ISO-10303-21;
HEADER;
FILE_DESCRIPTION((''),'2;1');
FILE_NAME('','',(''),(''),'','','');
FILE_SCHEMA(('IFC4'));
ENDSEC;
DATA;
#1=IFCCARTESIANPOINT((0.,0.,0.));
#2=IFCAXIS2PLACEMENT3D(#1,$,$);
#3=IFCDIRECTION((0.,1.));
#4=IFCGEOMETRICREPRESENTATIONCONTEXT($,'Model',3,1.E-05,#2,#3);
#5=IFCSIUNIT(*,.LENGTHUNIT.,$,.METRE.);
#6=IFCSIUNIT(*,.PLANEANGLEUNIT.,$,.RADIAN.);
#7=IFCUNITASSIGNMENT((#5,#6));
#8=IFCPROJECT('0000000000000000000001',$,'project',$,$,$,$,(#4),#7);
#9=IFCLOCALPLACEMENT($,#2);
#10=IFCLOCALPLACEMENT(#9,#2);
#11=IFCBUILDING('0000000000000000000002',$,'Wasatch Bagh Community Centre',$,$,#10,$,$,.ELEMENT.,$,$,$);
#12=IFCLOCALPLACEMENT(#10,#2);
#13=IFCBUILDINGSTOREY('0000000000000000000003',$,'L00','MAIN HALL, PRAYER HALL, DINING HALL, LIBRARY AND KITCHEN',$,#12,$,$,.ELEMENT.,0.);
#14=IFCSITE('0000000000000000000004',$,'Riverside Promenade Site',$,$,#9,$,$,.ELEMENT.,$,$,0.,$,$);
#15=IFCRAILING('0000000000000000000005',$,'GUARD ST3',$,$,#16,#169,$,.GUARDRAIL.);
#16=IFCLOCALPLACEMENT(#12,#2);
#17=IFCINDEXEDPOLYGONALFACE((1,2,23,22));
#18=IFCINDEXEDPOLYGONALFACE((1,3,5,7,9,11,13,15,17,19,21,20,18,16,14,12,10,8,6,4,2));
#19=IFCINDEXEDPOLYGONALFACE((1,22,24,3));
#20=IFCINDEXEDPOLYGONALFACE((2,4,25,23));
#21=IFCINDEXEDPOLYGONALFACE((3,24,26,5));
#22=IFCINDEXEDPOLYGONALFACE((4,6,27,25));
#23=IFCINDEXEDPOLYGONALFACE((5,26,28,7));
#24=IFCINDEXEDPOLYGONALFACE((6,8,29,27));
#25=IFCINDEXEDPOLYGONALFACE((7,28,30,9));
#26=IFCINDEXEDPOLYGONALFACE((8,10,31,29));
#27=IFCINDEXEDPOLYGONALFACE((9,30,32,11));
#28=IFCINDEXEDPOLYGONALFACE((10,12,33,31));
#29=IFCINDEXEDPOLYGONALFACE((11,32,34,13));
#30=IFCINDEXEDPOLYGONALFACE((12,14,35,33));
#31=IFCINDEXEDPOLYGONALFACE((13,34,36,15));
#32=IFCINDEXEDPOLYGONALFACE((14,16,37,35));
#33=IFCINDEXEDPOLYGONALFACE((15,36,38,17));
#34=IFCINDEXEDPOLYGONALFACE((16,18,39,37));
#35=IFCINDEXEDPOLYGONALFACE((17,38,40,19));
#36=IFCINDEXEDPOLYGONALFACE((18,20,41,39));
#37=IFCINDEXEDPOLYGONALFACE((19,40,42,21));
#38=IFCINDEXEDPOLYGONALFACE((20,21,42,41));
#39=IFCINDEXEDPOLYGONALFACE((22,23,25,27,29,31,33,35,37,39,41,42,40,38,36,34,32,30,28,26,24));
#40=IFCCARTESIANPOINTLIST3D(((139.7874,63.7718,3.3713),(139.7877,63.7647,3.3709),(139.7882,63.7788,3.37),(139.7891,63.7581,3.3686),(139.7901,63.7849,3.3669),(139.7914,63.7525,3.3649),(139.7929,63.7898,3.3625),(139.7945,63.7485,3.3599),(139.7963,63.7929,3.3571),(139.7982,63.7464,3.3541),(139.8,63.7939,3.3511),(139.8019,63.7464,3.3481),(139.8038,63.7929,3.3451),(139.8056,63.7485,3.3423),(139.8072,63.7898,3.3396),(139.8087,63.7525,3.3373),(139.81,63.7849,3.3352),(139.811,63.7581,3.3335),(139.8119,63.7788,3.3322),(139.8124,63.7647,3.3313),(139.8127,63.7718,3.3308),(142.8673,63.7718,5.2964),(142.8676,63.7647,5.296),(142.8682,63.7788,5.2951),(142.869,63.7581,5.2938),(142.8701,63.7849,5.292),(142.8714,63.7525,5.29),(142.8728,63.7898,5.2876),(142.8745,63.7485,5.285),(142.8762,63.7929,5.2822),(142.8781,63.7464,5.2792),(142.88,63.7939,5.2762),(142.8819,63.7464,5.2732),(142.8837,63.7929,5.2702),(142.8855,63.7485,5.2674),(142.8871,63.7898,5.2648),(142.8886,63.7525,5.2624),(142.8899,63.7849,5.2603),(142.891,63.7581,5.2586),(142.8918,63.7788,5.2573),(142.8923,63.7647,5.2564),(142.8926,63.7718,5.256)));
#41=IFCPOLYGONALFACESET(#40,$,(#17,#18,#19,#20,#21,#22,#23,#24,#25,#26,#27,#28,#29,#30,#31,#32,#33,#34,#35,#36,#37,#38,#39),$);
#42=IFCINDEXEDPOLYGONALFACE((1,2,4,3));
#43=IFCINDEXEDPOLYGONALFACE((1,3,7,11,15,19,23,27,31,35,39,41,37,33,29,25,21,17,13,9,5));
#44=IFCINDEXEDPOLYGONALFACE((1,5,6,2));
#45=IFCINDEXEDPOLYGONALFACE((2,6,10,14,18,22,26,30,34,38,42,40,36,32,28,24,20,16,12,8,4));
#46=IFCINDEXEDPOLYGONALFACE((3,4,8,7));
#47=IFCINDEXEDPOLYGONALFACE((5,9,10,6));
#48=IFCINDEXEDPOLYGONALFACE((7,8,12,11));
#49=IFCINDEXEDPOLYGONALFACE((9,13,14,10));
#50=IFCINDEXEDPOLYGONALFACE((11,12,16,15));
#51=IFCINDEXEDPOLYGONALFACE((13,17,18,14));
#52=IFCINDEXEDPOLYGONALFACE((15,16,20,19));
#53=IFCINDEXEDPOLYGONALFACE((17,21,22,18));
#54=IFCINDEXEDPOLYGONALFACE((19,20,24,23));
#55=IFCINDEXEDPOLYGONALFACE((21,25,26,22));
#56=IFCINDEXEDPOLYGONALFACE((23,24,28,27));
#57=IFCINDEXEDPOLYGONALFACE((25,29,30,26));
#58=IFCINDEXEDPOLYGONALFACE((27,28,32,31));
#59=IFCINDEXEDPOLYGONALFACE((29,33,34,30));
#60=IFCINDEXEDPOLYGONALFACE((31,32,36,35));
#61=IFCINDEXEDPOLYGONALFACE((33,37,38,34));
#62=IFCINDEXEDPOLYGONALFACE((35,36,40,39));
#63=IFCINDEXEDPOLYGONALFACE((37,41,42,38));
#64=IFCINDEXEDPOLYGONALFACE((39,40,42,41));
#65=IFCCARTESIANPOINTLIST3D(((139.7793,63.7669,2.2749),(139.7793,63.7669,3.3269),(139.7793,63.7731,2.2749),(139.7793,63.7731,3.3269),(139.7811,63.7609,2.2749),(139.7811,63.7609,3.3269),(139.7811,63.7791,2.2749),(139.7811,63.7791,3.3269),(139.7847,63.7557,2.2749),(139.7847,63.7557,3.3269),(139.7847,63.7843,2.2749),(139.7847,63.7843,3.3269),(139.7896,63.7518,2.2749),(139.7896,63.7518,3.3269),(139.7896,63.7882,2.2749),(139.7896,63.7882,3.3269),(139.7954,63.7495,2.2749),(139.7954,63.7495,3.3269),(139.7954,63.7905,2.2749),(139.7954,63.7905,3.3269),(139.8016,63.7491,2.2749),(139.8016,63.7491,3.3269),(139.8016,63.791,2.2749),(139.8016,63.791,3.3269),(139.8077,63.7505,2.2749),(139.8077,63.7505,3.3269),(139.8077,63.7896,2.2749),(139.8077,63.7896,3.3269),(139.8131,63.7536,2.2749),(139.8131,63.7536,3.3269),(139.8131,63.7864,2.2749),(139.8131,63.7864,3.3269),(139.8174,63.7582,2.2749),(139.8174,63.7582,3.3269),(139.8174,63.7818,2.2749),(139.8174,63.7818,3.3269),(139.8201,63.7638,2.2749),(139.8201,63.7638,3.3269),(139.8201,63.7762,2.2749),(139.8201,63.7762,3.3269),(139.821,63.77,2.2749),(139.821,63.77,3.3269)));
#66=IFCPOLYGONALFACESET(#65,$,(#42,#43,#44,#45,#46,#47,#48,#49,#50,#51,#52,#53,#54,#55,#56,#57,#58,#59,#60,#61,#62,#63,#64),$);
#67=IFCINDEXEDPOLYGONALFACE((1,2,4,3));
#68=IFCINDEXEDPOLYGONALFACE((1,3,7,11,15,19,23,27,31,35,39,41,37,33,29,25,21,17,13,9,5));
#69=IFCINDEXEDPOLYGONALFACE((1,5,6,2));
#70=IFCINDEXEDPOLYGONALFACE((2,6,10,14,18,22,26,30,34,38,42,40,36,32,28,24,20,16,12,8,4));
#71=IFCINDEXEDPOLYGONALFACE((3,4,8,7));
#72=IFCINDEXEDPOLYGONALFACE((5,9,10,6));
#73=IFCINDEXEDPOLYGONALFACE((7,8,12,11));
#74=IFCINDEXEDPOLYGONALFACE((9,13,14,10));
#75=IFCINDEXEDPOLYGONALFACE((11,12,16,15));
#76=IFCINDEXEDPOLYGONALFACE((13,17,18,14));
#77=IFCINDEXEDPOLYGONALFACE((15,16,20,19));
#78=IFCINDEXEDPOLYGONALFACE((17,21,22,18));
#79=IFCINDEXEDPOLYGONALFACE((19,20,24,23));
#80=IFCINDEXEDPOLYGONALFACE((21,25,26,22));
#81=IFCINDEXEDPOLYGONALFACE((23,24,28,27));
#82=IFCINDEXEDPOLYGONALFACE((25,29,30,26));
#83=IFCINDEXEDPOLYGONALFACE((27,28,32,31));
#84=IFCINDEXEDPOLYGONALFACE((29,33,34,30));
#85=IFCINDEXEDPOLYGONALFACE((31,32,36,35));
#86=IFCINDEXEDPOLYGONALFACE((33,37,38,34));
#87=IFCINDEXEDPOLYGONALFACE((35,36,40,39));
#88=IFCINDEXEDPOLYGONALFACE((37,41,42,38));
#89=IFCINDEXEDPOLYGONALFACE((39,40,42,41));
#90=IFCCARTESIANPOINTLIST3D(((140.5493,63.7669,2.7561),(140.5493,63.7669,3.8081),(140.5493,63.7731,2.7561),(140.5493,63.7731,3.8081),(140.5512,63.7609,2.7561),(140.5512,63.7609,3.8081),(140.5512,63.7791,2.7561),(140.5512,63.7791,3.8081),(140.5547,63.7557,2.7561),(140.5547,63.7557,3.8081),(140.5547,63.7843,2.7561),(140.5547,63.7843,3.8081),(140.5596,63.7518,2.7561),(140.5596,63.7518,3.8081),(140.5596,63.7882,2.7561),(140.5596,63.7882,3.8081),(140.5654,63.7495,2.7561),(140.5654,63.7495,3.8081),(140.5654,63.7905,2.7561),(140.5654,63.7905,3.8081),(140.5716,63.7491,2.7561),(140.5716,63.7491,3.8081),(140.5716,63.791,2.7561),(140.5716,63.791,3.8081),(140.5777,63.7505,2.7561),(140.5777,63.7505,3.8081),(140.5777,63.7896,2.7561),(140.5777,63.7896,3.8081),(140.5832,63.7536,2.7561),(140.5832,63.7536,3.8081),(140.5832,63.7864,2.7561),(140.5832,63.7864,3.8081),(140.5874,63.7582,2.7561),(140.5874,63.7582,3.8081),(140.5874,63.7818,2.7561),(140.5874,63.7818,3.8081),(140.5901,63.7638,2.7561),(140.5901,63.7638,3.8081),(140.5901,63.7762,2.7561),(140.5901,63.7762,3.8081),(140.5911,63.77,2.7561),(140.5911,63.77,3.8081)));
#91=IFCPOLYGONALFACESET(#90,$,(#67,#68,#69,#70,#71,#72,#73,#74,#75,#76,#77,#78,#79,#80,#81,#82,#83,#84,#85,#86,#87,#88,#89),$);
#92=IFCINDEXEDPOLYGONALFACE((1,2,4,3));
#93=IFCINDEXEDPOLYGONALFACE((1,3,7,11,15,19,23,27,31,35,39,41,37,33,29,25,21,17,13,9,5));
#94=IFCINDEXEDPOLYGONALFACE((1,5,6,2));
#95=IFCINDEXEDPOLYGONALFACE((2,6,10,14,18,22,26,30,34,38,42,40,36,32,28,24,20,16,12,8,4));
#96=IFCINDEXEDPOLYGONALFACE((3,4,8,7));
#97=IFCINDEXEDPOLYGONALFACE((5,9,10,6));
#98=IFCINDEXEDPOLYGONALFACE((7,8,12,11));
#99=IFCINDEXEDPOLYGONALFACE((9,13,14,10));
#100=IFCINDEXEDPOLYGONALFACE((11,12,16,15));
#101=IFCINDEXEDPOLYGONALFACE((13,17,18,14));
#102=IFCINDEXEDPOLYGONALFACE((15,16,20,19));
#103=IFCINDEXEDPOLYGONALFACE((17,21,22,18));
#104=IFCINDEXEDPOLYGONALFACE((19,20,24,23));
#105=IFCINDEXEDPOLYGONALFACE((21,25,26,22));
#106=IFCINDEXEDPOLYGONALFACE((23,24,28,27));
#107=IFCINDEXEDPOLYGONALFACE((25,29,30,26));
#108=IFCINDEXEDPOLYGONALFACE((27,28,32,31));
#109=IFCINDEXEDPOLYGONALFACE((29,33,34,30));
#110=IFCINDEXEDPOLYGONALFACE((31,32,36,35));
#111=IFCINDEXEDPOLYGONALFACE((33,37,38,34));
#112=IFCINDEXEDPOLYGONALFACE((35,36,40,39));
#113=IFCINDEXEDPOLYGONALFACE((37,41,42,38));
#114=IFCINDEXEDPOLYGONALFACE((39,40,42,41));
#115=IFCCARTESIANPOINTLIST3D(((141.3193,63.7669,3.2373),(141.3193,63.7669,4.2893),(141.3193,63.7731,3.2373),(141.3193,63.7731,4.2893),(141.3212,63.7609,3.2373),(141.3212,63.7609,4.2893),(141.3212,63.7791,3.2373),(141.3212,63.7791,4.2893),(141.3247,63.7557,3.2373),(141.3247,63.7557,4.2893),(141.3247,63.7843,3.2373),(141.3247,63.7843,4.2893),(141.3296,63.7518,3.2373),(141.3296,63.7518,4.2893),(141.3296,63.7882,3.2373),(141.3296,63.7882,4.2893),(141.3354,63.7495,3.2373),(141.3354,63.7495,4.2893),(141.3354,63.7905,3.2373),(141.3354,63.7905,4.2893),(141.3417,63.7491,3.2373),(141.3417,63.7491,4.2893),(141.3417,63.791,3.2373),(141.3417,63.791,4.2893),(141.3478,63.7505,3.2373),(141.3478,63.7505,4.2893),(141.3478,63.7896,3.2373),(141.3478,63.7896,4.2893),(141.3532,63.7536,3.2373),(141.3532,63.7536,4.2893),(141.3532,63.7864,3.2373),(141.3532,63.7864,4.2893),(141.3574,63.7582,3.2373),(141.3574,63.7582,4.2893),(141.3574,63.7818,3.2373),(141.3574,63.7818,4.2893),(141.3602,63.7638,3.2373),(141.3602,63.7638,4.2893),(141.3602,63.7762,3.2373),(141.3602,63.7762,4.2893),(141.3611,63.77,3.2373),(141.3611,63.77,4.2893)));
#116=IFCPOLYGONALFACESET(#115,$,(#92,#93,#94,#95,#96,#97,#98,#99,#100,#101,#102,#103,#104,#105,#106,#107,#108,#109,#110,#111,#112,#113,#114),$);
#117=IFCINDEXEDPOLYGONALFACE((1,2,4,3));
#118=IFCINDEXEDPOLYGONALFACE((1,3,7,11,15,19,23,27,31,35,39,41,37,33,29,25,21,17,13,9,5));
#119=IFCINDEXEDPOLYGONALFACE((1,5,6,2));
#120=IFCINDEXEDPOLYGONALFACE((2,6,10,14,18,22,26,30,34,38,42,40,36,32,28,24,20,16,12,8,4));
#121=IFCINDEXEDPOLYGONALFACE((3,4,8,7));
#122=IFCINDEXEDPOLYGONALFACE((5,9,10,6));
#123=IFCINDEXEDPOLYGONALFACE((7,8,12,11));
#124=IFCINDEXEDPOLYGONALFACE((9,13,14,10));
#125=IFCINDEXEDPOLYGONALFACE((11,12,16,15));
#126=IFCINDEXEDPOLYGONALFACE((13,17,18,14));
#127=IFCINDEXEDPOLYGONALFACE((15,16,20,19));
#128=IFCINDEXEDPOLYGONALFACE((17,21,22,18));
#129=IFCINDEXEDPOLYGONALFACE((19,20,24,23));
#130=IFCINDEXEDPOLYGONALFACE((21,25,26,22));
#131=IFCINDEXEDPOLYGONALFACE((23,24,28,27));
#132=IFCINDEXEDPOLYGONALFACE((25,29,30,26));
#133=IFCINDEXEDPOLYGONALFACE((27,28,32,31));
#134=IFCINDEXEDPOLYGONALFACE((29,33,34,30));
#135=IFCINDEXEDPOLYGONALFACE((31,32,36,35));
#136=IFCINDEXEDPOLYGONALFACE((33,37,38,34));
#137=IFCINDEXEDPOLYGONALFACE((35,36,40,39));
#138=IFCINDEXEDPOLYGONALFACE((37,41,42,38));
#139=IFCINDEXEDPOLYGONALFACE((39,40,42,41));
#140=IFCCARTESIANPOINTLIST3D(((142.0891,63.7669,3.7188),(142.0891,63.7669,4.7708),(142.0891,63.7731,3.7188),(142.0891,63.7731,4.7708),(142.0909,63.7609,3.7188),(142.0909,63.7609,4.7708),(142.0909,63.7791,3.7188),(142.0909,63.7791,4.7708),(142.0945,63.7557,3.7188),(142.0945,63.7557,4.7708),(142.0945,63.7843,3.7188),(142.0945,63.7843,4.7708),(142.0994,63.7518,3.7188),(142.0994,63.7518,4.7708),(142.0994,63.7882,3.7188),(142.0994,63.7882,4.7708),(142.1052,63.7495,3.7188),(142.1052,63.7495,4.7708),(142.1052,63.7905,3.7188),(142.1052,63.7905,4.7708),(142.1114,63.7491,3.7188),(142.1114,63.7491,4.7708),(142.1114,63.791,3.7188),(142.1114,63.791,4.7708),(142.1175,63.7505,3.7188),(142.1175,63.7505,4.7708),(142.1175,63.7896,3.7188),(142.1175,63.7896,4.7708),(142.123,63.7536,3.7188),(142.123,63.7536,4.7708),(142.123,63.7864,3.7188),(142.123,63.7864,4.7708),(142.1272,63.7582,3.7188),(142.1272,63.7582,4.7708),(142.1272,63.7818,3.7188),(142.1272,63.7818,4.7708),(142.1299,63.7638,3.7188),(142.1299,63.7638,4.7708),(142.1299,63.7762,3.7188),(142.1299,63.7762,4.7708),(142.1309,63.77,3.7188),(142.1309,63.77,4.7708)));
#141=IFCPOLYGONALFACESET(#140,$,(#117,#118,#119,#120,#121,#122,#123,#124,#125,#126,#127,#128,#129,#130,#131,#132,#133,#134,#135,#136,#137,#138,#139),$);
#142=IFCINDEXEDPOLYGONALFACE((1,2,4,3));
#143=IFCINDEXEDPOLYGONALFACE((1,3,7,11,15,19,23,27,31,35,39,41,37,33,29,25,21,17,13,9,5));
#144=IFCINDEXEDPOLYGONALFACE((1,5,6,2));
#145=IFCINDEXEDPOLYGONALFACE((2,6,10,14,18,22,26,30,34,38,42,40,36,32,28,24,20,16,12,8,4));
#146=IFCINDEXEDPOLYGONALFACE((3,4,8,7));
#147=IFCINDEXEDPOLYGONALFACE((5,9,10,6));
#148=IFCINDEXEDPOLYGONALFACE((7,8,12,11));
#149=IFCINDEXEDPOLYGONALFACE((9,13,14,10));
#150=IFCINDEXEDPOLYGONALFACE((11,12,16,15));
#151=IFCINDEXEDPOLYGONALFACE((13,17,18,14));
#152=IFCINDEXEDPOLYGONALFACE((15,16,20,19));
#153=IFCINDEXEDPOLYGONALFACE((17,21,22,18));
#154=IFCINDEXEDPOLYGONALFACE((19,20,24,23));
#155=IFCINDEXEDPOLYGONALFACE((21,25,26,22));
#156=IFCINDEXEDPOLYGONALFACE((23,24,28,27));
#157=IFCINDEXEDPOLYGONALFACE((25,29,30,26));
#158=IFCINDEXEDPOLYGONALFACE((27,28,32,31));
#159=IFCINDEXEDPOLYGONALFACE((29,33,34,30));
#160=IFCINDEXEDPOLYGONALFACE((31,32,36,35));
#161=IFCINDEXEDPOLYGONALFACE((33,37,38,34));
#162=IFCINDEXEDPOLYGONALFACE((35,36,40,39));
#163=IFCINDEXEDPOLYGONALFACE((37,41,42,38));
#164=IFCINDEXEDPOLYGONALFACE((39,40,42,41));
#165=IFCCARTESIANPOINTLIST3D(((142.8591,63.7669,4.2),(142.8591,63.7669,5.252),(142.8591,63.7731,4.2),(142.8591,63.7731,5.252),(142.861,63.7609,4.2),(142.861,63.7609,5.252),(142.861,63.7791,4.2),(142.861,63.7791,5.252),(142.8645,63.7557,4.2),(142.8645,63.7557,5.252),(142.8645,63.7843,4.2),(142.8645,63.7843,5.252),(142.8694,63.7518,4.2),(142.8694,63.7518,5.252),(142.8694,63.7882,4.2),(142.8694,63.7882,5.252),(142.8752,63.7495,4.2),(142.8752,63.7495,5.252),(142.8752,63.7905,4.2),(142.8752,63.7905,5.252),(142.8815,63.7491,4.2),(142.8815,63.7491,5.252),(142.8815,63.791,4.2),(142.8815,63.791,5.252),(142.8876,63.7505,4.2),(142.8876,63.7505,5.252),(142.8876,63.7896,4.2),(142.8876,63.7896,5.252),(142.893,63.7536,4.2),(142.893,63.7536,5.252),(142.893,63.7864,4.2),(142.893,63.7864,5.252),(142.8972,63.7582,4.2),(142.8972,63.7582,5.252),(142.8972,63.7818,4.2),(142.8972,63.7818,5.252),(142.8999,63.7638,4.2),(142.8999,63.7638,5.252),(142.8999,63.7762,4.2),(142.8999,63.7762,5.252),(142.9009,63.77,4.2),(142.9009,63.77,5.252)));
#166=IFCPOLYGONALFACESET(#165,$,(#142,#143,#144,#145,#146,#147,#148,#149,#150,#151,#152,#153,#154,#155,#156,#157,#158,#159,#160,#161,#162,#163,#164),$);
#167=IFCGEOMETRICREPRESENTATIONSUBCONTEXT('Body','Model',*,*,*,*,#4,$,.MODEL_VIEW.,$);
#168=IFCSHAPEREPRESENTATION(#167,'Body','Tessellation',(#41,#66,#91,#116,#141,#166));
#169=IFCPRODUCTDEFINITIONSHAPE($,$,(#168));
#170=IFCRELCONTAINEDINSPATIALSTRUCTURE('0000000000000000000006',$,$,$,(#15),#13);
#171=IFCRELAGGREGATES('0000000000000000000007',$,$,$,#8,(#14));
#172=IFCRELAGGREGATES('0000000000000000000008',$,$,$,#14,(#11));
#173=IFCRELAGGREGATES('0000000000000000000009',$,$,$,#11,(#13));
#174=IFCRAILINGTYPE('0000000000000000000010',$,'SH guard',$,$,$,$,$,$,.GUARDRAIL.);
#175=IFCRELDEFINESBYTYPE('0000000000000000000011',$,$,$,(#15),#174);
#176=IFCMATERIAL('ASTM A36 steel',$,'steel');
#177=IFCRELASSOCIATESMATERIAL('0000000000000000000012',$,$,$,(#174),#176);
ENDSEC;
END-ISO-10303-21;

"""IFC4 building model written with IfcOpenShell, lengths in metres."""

from ifc_helpers import new_model, si_unit, direction, frame, origin, origin_2d, place, context, subcontext, project, spatial, circle, extrude, material, type_object, element, save


model = new_model("IFC4")

# Units and contexts
model_context = context("Model", 3, precision=1e-05, world=origin(), true_north=direction((0.0, 1.0)))
body_context = subcontext(model_context, "Body", "Model", "MODEL_VIEW")
ifc_project = project(units=[si_unit("LENGTHUNIT", "METRE"), si_unit("PLANEANGLEUNIT", "RADIAN")], contexts=[model_context])

# Site, building, storey
site_placement = place(None, origin())
site = spatial("IfcSite", under=ifc_project, at=site_placement, Name="Riverside Promenade Site", CompositionType="ELEMENT", RefElevation=0.0)
building_placement = place(site_placement, origin())
building = spatial("IfcBuilding", under=site, at=building_placement, Name="Wasatch Bagh Community Centre", CompositionType="ELEMENT")
storey_placement = place(building_placement, origin())
storey = spatial("IfcBuildingStorey", under=building, at=storey_placement, Name="L00", Description="MAIN HALL, PRAYER HALL, DINING HALL, LIBRARY AND KITCHEN", CompositionType="ELEMENT", Elevation=0.0)

# Railing
ifc_material_1 = material(Name="ASTM A36 steel", Category="steel")
railing_type_1 = type_object("IfcRailingType", Name="SH guard", PredefinedType="GUARDRAIL", material=ifc_material_1)
railing_1_placement = place(storey_placement, frame((139.8, 63.77, 2.2749)))
element("IfcRailing", 1, at=railing_1_placement, inside=storey, type_object=railing_type_1, Name="GUARD ST3", PredefinedType="GUARDRAIL", context=body_context, shape_type="SweptSolid", body=[
    extrude(circle(Radius=0.0239, at=origin_2d()), frame((0.0, 0.0, 1.0762), z_axis=(0.847979, 0.0, 0.530029), x_axis=(0.0, 1.0, 0.0)), (0.0, 0.0, 1.0), 3.6321),
    extrude(circle(Radius=0.021, at=origin_2d()), origin(), (0.0, 0.0, 1.0), 1.052),
    extrude(circle(Radius=0.021, at=origin_2d()), frame((0.77, 0.0, 0.4812)), (0.0, 0.0, 1.0), 1.052),
    extrude(circle(Radius=0.021, at=origin_2d()), frame((1.54, 0.0, 0.9624)), (0.0, 0.0, 1.0), 1.052),
    extrude(circle(Radius=0.021, at=origin_2d()), frame((2.3098, 0.0, 1.4438)), (0.0, 0.0, 1.0), 1.052),
    extrude(circle(Radius=0.021, at=origin_2d()), frame((3.0798, 0.0, 1.925)), (0.0, 0.0, 1.0), 1.052),
])

save(model, "model.ifc")
